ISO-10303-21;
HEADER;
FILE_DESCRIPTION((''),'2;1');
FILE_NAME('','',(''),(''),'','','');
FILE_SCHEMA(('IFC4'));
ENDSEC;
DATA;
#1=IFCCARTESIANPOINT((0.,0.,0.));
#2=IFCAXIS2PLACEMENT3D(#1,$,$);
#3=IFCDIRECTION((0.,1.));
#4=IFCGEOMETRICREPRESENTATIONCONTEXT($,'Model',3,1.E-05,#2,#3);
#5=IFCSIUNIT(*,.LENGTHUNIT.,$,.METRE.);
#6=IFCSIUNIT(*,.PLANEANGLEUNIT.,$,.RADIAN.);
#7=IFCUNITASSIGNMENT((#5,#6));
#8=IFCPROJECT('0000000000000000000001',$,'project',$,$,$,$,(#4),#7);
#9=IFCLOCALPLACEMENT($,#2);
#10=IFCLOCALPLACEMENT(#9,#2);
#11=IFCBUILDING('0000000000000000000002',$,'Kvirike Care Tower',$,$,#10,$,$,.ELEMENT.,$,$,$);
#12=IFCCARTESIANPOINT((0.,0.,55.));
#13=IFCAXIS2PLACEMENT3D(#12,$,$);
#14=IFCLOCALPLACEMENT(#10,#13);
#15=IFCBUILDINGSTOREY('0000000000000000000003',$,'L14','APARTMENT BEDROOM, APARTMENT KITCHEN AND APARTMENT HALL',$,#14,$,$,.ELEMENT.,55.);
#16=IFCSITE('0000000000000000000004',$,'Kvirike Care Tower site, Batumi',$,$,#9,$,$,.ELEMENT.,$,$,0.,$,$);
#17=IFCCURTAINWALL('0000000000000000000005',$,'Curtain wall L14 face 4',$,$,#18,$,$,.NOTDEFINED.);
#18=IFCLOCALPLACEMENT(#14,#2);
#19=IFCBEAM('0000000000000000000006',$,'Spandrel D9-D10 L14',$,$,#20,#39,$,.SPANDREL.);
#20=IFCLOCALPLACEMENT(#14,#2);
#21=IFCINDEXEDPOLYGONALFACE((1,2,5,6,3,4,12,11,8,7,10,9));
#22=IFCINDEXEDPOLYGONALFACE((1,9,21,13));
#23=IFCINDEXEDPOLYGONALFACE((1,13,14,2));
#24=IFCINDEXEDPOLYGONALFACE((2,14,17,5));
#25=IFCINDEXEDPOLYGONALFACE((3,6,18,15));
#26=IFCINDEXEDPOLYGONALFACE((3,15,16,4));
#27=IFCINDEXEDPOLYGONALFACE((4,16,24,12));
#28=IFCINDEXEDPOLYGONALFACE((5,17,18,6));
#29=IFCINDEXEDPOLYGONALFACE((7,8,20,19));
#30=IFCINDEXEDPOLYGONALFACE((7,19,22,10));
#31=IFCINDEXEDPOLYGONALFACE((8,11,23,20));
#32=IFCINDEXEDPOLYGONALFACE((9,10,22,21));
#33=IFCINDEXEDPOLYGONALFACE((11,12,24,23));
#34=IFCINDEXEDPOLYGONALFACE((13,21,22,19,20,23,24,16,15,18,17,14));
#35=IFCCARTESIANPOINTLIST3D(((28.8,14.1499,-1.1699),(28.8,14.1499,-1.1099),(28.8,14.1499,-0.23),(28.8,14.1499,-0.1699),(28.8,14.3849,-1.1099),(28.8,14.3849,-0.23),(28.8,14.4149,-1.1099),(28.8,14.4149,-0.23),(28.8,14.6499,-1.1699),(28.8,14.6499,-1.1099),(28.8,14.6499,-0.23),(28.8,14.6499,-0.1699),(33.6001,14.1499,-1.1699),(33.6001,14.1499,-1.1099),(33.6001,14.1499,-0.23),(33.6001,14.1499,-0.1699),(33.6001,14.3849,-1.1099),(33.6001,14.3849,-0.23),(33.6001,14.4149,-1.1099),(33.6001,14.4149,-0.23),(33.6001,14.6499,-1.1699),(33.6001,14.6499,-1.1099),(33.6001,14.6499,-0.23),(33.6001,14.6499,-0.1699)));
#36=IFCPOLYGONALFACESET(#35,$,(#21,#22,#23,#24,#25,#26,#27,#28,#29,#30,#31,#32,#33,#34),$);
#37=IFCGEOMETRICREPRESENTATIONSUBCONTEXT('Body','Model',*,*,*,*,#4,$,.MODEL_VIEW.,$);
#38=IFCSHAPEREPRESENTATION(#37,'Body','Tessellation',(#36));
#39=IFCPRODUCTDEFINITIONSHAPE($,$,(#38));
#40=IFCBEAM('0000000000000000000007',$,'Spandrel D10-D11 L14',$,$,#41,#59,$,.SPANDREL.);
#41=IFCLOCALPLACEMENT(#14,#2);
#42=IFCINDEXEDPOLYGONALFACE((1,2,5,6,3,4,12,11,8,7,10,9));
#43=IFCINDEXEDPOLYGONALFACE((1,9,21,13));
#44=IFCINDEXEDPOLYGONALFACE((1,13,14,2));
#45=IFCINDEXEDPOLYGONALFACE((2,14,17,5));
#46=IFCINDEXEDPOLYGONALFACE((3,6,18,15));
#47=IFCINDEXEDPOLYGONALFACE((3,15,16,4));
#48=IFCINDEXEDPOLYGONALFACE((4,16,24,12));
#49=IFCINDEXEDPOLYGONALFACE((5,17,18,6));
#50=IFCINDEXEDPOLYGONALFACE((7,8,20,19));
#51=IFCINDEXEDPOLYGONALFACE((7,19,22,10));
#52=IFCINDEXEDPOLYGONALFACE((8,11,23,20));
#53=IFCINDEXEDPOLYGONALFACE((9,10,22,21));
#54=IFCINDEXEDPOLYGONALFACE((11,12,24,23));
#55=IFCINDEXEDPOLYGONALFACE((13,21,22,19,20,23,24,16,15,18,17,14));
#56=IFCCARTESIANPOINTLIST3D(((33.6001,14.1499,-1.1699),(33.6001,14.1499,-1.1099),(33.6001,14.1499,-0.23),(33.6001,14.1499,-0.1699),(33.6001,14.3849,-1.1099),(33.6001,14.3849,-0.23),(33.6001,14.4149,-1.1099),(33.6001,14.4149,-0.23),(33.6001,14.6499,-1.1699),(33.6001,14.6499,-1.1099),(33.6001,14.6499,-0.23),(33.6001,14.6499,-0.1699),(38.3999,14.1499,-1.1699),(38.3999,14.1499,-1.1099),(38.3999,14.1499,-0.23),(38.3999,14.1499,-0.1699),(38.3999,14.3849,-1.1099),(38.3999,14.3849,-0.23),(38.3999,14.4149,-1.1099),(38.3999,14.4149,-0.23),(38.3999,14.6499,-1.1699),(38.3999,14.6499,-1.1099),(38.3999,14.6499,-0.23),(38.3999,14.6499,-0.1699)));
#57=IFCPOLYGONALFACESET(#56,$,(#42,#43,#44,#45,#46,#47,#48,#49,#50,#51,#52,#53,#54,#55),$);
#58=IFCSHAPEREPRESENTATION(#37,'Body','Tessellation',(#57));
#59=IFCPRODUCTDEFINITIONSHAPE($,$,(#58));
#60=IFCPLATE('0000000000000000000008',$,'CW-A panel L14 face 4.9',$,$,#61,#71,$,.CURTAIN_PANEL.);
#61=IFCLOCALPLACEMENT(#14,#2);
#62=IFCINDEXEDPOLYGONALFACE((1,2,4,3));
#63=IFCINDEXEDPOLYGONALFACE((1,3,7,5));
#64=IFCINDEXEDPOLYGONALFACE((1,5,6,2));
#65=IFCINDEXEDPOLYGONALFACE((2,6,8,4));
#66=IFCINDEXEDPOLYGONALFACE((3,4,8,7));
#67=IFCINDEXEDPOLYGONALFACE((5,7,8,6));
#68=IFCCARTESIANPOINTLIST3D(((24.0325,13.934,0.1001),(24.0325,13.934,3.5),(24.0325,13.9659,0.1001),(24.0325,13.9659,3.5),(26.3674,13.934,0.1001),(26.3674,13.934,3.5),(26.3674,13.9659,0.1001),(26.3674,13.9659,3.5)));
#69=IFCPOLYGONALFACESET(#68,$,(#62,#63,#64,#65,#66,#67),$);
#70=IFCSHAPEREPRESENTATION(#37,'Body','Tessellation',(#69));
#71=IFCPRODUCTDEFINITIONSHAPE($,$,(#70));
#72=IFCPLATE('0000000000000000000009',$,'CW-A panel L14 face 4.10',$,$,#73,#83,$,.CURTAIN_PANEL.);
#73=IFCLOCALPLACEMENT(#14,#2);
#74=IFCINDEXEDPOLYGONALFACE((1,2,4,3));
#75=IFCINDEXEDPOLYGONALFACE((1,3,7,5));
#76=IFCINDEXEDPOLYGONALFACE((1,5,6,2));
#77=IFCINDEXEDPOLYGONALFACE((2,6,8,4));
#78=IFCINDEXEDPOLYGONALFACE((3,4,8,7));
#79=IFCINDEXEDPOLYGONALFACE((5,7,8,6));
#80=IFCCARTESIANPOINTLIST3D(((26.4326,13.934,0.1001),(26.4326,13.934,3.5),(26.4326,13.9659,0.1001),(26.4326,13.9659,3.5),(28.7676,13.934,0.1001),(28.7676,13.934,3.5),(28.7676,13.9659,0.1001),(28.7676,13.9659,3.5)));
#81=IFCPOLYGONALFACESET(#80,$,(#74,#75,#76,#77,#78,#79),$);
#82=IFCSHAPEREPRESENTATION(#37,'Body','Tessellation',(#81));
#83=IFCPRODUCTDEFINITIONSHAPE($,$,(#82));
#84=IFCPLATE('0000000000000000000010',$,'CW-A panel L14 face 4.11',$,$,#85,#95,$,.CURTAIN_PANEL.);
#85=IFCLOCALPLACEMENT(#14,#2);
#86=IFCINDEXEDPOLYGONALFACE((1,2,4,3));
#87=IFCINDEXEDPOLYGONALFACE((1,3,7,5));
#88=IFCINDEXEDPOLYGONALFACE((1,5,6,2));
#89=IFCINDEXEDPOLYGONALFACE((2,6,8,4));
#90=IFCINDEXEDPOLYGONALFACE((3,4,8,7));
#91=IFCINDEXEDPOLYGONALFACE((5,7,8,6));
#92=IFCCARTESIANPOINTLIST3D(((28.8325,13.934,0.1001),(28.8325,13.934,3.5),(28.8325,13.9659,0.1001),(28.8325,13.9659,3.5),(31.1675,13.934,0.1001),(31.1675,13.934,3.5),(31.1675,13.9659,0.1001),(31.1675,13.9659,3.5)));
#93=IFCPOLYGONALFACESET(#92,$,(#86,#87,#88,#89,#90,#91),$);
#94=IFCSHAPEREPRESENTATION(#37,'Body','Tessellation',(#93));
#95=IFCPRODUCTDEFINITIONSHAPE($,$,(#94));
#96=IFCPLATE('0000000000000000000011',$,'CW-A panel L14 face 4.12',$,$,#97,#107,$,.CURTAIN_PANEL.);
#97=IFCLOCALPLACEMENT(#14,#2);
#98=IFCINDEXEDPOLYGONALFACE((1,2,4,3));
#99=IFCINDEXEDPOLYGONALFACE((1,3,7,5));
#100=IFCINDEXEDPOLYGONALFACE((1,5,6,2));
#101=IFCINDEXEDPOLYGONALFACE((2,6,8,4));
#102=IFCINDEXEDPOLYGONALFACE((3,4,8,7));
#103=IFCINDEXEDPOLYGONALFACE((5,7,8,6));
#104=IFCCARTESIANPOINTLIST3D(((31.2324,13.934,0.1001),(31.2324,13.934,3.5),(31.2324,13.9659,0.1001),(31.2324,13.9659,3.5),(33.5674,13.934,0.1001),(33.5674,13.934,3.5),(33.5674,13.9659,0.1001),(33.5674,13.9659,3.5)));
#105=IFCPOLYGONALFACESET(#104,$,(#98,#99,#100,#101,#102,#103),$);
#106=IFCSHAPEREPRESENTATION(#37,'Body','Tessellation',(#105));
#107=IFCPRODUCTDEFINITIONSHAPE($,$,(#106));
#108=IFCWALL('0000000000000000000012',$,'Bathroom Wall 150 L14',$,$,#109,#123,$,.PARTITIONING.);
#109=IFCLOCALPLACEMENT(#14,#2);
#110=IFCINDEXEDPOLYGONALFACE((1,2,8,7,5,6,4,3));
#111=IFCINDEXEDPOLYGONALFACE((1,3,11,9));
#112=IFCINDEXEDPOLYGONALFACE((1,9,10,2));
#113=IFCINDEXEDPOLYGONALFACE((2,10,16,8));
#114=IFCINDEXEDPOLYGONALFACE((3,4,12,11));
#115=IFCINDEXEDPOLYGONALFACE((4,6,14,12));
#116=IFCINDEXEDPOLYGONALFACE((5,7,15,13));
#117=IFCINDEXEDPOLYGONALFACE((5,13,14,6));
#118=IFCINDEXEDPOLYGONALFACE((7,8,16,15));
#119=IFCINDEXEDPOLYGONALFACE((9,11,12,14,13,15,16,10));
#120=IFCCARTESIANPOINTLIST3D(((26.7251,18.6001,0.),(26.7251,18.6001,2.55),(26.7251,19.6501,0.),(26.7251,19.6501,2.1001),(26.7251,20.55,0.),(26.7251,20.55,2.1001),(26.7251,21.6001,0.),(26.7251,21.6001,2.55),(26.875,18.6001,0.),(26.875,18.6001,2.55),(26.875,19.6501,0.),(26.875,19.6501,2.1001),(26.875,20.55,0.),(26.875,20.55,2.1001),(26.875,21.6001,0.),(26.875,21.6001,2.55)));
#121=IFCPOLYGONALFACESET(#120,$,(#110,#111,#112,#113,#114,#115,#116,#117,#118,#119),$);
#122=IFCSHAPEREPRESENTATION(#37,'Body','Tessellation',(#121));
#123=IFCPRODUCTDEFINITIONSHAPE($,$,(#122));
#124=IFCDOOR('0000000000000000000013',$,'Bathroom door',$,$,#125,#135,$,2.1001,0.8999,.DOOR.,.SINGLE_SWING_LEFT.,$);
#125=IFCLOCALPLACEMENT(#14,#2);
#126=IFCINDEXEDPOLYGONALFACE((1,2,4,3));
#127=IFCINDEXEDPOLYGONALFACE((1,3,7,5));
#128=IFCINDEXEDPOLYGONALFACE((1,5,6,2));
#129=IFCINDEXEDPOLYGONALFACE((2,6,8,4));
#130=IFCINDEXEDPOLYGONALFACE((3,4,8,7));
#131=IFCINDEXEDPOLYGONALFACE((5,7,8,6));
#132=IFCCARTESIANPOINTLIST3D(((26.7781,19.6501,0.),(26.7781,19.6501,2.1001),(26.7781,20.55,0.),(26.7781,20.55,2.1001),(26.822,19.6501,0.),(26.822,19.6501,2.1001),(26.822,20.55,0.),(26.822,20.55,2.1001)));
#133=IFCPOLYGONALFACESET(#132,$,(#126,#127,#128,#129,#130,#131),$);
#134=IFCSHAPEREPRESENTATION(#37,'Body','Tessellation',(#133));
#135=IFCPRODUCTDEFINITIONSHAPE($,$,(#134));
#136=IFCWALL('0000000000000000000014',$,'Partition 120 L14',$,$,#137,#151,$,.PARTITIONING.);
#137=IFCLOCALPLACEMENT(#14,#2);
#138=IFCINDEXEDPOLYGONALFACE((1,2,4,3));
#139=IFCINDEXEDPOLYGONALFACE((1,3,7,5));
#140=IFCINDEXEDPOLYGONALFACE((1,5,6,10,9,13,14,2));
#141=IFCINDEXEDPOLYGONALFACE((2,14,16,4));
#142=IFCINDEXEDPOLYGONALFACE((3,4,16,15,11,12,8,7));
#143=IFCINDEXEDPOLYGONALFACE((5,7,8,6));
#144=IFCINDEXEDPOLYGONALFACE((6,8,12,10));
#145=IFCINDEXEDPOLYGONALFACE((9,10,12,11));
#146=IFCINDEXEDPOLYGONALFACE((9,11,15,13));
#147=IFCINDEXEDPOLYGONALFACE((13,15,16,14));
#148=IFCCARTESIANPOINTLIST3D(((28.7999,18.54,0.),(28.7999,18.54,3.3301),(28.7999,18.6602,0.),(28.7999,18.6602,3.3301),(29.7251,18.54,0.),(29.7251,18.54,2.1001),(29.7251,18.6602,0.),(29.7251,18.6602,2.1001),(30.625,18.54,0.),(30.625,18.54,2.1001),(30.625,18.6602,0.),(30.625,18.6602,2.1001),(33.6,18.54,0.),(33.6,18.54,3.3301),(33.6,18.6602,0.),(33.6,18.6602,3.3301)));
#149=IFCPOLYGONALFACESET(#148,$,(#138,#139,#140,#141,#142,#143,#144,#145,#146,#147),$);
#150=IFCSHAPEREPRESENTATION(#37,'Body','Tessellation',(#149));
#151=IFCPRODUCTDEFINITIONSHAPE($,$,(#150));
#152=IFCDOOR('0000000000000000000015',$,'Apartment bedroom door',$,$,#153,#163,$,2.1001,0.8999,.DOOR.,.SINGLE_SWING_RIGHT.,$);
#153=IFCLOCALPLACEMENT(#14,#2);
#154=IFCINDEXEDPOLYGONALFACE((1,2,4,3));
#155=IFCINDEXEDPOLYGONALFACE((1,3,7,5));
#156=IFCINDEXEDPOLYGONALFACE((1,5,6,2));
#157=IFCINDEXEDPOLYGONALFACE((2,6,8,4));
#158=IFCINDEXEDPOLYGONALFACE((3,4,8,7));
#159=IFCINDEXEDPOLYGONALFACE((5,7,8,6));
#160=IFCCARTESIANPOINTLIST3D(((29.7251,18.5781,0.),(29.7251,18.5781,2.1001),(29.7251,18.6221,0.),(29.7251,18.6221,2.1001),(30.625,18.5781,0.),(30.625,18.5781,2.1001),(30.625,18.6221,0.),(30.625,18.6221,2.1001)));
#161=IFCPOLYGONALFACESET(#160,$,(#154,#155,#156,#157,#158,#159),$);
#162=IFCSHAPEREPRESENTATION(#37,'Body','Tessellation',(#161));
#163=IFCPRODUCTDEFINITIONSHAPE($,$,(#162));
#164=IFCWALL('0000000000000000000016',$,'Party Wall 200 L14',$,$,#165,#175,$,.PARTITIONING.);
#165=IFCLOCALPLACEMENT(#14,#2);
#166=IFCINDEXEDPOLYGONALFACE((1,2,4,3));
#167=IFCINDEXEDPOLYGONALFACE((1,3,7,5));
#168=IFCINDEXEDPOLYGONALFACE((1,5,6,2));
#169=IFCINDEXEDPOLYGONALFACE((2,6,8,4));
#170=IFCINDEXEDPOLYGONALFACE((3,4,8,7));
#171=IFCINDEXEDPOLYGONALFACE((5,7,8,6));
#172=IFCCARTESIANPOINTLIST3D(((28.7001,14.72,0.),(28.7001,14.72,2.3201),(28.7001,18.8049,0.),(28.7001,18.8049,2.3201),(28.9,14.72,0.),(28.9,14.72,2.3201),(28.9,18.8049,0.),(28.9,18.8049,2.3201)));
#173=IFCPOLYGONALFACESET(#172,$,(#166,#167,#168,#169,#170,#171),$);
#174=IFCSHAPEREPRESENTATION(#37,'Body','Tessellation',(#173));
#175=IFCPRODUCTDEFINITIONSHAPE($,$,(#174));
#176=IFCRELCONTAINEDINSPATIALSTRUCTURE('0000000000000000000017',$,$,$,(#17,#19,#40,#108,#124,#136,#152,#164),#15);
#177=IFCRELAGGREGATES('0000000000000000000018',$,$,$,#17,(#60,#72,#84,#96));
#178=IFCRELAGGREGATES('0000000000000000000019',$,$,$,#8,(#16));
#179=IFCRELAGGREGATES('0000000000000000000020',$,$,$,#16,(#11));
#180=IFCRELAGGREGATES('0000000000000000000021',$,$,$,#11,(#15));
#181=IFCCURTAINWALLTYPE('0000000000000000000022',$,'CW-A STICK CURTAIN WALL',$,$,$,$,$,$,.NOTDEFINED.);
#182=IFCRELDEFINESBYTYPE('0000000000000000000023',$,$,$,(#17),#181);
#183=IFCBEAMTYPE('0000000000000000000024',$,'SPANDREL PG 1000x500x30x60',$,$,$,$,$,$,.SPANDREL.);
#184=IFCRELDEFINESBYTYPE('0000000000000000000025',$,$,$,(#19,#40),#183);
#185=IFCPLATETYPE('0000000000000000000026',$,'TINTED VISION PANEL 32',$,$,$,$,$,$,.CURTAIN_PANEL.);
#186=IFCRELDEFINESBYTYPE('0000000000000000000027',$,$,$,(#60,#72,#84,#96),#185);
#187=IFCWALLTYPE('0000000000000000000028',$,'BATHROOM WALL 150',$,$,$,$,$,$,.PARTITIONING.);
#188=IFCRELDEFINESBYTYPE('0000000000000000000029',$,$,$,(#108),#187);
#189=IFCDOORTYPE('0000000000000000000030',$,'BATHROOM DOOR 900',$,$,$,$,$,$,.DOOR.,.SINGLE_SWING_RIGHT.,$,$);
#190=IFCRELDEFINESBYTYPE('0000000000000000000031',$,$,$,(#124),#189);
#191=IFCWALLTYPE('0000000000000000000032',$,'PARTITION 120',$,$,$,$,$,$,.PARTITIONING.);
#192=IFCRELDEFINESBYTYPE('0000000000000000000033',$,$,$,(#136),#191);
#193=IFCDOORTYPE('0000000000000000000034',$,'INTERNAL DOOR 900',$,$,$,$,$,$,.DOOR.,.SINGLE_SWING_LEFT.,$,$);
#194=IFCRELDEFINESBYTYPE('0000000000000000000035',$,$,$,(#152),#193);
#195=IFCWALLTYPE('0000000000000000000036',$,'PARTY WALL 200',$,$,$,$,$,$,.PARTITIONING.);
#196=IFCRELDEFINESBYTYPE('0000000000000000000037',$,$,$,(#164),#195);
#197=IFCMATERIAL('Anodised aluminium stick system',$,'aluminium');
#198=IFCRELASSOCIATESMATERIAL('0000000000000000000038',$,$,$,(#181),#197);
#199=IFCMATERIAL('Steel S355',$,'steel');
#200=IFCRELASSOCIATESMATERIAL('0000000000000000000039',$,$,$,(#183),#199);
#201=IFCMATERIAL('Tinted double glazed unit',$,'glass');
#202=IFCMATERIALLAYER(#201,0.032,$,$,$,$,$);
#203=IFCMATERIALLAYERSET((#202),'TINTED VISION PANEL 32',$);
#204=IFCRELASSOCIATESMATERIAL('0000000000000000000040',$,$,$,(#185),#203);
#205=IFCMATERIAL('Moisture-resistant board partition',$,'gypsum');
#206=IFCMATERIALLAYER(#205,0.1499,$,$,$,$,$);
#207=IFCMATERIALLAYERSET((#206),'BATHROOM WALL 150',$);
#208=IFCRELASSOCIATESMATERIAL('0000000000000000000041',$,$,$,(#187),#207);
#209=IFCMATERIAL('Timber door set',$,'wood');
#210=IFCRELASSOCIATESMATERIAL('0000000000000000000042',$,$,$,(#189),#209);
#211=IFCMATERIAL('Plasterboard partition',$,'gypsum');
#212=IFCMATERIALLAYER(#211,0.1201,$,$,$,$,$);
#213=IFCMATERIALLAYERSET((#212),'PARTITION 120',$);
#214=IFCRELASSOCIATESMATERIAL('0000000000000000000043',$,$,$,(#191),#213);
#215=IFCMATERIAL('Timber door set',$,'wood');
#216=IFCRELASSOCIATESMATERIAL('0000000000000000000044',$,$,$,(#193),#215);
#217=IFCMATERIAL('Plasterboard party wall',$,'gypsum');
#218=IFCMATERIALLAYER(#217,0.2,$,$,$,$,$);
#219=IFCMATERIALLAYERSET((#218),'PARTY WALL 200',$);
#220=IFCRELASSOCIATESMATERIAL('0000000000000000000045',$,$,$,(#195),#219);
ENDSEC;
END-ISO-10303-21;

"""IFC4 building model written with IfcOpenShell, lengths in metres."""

from ifc_helpers import new_model, si_unit, direction, frame, frame_2d, origin, origin_2d, place, context, subcontext, project, spatial, rectangle, i_section, extrude, material, layer, layer_set, material_profile, profile_set, type_object, element, fill, aggregate, save


model = new_model("IFC4")

# Units and contexts
model_context = context("Model", 3, precision=1e-05, world=origin(), true_north=direction((0.0, 1.0)))
body_context = subcontext(model_context, "Body", "Model", "MODEL_VIEW")
ifc_project = project(units=[si_unit("LENGTHUNIT", "METRE"), si_unit("PLANEANGLEUNIT", "RADIAN")], contexts=[model_context])

# Site, building, storey
site_placement = place(None, origin())
site = spatial("IfcSite", under=ifc_project, at=site_placement, Name="Kvirike Care Tower site, Batumi", CompositionType="ELEMENT", RefElevation=0.0)
building_placement = place(site_placement, origin())
building = spatial("IfcBuilding", under=site, at=building_placement, Name="Kvirike Care Tower", CompositionType="ELEMENT")
storey_placement = place(building_placement, frame((0.0, 0.0, 55.0)))
storey = spatial("IfcBuildingStorey", under=building, at=storey_placement, Name="L14", Description="APARTMENT BEDROOM, APARTMENT KITCHEN AND APARTMENT HALL", CompositionType="ELEMENT", Elevation=55.0)

# Curtain wall
ifc_material_1 = material(Name="Anodised aluminium stick system", Category="aluminium")
curtain_wall_type = type_object("IfcCurtainWallType", Name="CW-A STICK CURTAIN WALL", PredefinedType="NOTDEFINED", material=ifc_material_1)
curtain_wall_placement = place(storey_placement, origin())
curtain_wall = element("IfcCurtainWall", 1, at=curtain_wall_placement, inside=storey, type_object=curtain_wall_type, Name="Curtain wall L14 face 4", PredefinedType="NOTDEFINED")

# Beams
ifc_material_2 = material(Name="Steel S355", Category="steel")
ifc_material_profile_1 = material_profile(ifc_material_2, i_section(OverallWidth=0.5, OverallDepth=1.0, WebThickness=0.03, FlangeThickness=0.0601, at=origin_2d()), Name="PG 1000x500x30x60")
ifc_profile_set_1 = profile_set([ifc_material_profile_1], Name="Steel S355")
beam_type_1 = type_object("IfcBeamType", Name="SPANDREL PG 1000x500x30x60", PredefinedType="SPANDREL", material=ifc_profile_set_1)
beam_1_placement = place(storey_placement, frame((28.8, 14.3999, -0.6699), z_axis=(1.0, 0.0, 0.0), x_axis=(0.0, 1.0, 0.0)))
element("IfcBeam", 2, at=beam_1_placement, inside=storey, type_object=beam_type_1, Name="Spandrel D9-D10 L14", PredefinedType="SPANDREL", context=body_context, shape_type="SweptSolid", body=[
    extrude(i_section(OverallWidth=0.5, OverallDepth=1.0, WebThickness=0.03, FlangeThickness=0.0601, at=origin_2d()), origin(), (0.0, 0.0, 1.0), 4.8),
])
beam_2_placement = place(storey_placement, frame((33.6001, 14.3999, -0.6699), z_axis=(1.0, 0.0, 0.0), x_axis=(0.0, 1.0, 0.0)))
element("IfcBeam", 3, at=beam_2_placement, inside=storey, type_object=beam_type_1, Name="Spandrel D10-D11 L14", PredefinedType="SPANDREL", context=body_context, shape_type="SweptSolid", body=[
    extrude(i_section(OverallWidth=0.5, OverallDepth=1.0, WebThickness=0.03, FlangeThickness=0.0601, at=origin_2d()), origin(), (0.0, 0.0, 1.0), 4.7998),
])

# Plates
ifc_material_3 = material(Name="Tinted double glazed unit", Category="glass")
ifc_layer_1 = layer(ifc_material_3, 0.032)
ifc_layer_set_1 = layer_set([ifc_layer_1], Name="TINTED VISION PANEL 32")
plate_type = type_object("IfcPlateType", Name="TINTED VISION PANEL 32", PredefinedType="CURTAIN_PANEL", material=ifc_layer_set_1)
plate_1_placement = place(storey_placement, frame((25.2, 13.95, 0.1001), z_axis=(0.0, 0.0, 1.0), x_axis=(1.0, 0.0, 0.0)))
plate_1 = element("IfcPlate", 4, at=plate_1_placement, type_object=plate_type, Name="CW-A panel L14 face 4.9", PredefinedType="CURTAIN_PANEL", context=body_context, shape_type="SweptSolid", body=[
    extrude(rectangle(XDim=2.335, YDim=0.032, at=origin_2d()), origin(), (0.0, 0.0, 1.0), 3.3999),
])
plate_2_placement = place(storey_placement, frame((27.6001, 13.95, 0.1001), z_axis=(0.0, 0.0, 1.0), x_axis=(1.0, 0.0, 0.0)))
plate_2 = element("IfcPlate", 5, at=plate_2_placement, type_object=plate_type, Name="CW-A panel L14 face 4.10", PredefinedType="CURTAIN_PANEL", context=body_context, shape_type="SweptSolid", body=[
    extrude(rectangle(XDim=2.335, YDim=0.032, at=origin_2d()), origin(), (0.0, 0.0, 1.0), 3.3999),
])
plate_3_placement = place(storey_placement, frame((30.0, 13.95, 0.1001), z_axis=(0.0, 0.0, 1.0), x_axis=(1.0, 0.0, 0.0)))
plate_3 = element("IfcPlate", 6, at=plate_3_placement, type_object=plate_type, Name="CW-A panel L14 face 4.11", PredefinedType="CURTAIN_PANEL", context=body_context, shape_type="SweptSolid", body=[
    extrude(rectangle(XDim=2.335, YDim=0.032, at=origin_2d()), origin(), (0.0, 0.0, 1.0), 3.3999),
])
plate_4_placement = place(storey_placement, frame((32.3999, 13.95, 0.1001), z_axis=(0.0, 0.0, 1.0), x_axis=(1.0, 0.0, 0.0)))
plate_4 = element("IfcPlate", 7, at=plate_4_placement, type_object=plate_type, Name="CW-A panel L14 face 4.12", PredefinedType="CURTAIN_PANEL", context=body_context, shape_type="SweptSolid", body=[
    extrude(rectangle(XDim=2.335, YDim=0.032, at=origin_2d()), origin(), (0.0, 0.0, 1.0), 3.3999),
])
aggregate(curtain_wall, [plate_1, plate_2, plate_3, plate_4])

# Walls, openings, doors
ifc_material_4 = material(Name="Moisture-resistant board partition", Category="gypsum")
ifc_layer_2 = layer(ifc_material_4, 0.1499)
ifc_layer_set_2 = layer_set([ifc_layer_2], Name="BATHROOM WALL 150")
wall_type_1 = type_object("IfcWallType", Name="BATHROOM WALL 150", PredefinedType="PARTITIONING", material=ifc_layer_set_2)
wall_1_placement = place(storey_placement, frame((26.8, 18.6001, 0.0), z_axis=(0.0, 0.0, 1.0), x_axis=(0.0, 1.0, 0.0)))
wall_1 = element("IfcWall", 8, at=wall_1_placement, inside=storey, type_object=wall_type_1, Name="Bathroom Wall 150 L14", PredefinedType="PARTITIONING", context=body_context, shape_type="SweptSolid", body=[
    extrude(rectangle(XDim=3.0, YDim=0.1499, at=frame_2d((1.5, 0.0))), origin(), (0.0, 0.0, 1.0), 2.55),
])
opening_1_placement = place(wall_1_placement, frame((1.05, 0.0, 0.0)))
opening_1 = element("IfcOpeningElement", 9, at=opening_1_placement, cuts=wall_1, PredefinedType="OPENING", context=body_context, shape_type="SweptSolid", body=[
    extrude(rectangle(XDim=0.8999, YDim=2.1001, at=frame_2d((0.45, 1.05))), frame((0.0, 0.0854, 0.0), z_axis=(0.0, -1.0, 0.0), x_axis=(1.0, 0.0, 0.0)), (0.0, 0.0, 1.0), 0.1709),
])
ifc_material_5 = material(Name="Timber door set", Category="wood")
door_type_1 = type_object("IfcDoorType", Name="BATHROOM DOOR 900", OperationType="SINGLE_SWING_RIGHT", PredefinedType="DOOR", material=ifc_material_5)
door_1_placement = place(opening_1_placement, origin())
door_1 = element("IfcDoor", 10, at=door_1_placement, inside=storey, type_object=door_type_1, Name="Bathroom door", OperationType="SINGLE_SWING_LEFT", OverallHeight=2.1001, OverallWidth=0.8999, PredefinedType="DOOR", context=body_context, shape_type="SweptSolid", body=[
    extrude(rectangle(XDim=0.8999, YDim=2.1001, at=frame_2d((0.45, 1.05))), frame((0.0, 0.022, 0.0), z_axis=(0.0, -1.0, 0.0), x_axis=(1.0, 0.0, 0.0)), (0.0, 0.0, 1.0), 0.0439),
])
fill(opening_1, door_1)
ifc_material_6 = material(Name="Plasterboard partition", Category="gypsum")
ifc_layer_3 = layer(ifc_material_6, 0.1201)
ifc_layer_set_3 = layer_set([ifc_layer_3], Name="PARTITION 120")
wall_type_2 = type_object("IfcWallType", Name="PARTITION 120", PredefinedType="PARTITIONING", material=ifc_layer_set_3)
wall_2_placement = place(storey_placement, frame((28.8, 18.6001, 0.0), z_axis=(0.0, 0.0, 1.0), x_axis=(1.0, 0.0, 0.0)))
wall_2 = element("IfcWall", 11, at=wall_2_placement, inside=storey, type_object=wall_type_2, Name="Partition 120 L14", PredefinedType="PARTITIONING", context=body_context, shape_type="SweptSolid", body=[
    extrude(rectangle(XDim=4.8, YDim=0.1201, at=frame_2d((2.3999, 0.0))), origin(), (0.0, 0.0, 1.0), 3.3301),
])
opening_2_placement = place(wall_2_placement, frame((0.925, 0.0, 0.0)))
opening_2 = element("IfcOpeningElement", 12, at=opening_2_placement, cuts=wall_2, PredefinedType="OPENING", context=body_context, shape_type="SweptSolid", body=[
    extrude(rectangle(XDim=0.8999, YDim=2.1001, at=frame_2d((0.45, 1.05))), frame((0.0, 0.0706, 0.0), z_axis=(0.0, -1.0, 0.0), x_axis=(1.0, 0.0, 0.0)), (0.0, 0.0, 1.0), 0.1411),
])
ifc_material_7 = material(Name="Timber door set", Category="wood")
door_type_2 = type_object("IfcDoorType", Name="INTERNAL DOOR 900", OperationType="SINGLE_SWING_LEFT", PredefinedType="DOOR", material=ifc_material_7)
door_2_placement = place(opening_2_placement, frame((0.8999, 0.0, 0.0), z_axis=(0.0, 0.0, 1.0), x_axis=(-1.0, 0.0, 0.0)))
door_2 = element("IfcDoor", 13, at=door_2_placement, inside=storey, type_object=door_type_2, Name="Apartment bedroom door", OperationType="SINGLE_SWING_RIGHT", OverallHeight=2.1001, OverallWidth=0.8999, PredefinedType="DOOR", context=body_context, shape_type="SweptSolid", body=[
    extrude(rectangle(XDim=0.8999, YDim=2.1001, at=frame_2d((0.45, 1.05))), frame((0.0, 0.022, 0.0), z_axis=(0.0, -1.0, 0.0), x_axis=(1.0, 0.0, 0.0)), (0.0, 0.0, 1.0), 0.0439),
])
fill(opening_2, door_2)

# Wall
ifc_material_8 = material(Name="Plasterboard party wall", Category="gypsum")
ifc_layer_4 = layer(ifc_material_8, 0.2)
ifc_layer_set_4 = layer_set([ifc_layer_4], Name="PARTY WALL 200")
wall_type_3 = type_object("IfcWallType", Name="PARTY WALL 200", PredefinedType="PARTITIONING", material=ifc_layer_set_4)
wall_3_placement = place(storey_placement, frame((28.8, 14.72, 0.0), z_axis=(0.0, 0.0, 1.0), x_axis=(0.0, 1.0, 0.0)))
element("IfcWall", 14, at=wall_3_placement, inside=storey, type_object=wall_type_3, Name="Party Wall 200 L14", PredefinedType="PARTITIONING", context=body_context, shape_type="SweptSolid", body=[
    extrude(rectangle(XDim=4.085, YDim=0.2, at=frame_2d((2.0425, 0.0))), origin(), (0.0, 0.0, 1.0), 2.3201),
])

save(model, "model.ifc")
